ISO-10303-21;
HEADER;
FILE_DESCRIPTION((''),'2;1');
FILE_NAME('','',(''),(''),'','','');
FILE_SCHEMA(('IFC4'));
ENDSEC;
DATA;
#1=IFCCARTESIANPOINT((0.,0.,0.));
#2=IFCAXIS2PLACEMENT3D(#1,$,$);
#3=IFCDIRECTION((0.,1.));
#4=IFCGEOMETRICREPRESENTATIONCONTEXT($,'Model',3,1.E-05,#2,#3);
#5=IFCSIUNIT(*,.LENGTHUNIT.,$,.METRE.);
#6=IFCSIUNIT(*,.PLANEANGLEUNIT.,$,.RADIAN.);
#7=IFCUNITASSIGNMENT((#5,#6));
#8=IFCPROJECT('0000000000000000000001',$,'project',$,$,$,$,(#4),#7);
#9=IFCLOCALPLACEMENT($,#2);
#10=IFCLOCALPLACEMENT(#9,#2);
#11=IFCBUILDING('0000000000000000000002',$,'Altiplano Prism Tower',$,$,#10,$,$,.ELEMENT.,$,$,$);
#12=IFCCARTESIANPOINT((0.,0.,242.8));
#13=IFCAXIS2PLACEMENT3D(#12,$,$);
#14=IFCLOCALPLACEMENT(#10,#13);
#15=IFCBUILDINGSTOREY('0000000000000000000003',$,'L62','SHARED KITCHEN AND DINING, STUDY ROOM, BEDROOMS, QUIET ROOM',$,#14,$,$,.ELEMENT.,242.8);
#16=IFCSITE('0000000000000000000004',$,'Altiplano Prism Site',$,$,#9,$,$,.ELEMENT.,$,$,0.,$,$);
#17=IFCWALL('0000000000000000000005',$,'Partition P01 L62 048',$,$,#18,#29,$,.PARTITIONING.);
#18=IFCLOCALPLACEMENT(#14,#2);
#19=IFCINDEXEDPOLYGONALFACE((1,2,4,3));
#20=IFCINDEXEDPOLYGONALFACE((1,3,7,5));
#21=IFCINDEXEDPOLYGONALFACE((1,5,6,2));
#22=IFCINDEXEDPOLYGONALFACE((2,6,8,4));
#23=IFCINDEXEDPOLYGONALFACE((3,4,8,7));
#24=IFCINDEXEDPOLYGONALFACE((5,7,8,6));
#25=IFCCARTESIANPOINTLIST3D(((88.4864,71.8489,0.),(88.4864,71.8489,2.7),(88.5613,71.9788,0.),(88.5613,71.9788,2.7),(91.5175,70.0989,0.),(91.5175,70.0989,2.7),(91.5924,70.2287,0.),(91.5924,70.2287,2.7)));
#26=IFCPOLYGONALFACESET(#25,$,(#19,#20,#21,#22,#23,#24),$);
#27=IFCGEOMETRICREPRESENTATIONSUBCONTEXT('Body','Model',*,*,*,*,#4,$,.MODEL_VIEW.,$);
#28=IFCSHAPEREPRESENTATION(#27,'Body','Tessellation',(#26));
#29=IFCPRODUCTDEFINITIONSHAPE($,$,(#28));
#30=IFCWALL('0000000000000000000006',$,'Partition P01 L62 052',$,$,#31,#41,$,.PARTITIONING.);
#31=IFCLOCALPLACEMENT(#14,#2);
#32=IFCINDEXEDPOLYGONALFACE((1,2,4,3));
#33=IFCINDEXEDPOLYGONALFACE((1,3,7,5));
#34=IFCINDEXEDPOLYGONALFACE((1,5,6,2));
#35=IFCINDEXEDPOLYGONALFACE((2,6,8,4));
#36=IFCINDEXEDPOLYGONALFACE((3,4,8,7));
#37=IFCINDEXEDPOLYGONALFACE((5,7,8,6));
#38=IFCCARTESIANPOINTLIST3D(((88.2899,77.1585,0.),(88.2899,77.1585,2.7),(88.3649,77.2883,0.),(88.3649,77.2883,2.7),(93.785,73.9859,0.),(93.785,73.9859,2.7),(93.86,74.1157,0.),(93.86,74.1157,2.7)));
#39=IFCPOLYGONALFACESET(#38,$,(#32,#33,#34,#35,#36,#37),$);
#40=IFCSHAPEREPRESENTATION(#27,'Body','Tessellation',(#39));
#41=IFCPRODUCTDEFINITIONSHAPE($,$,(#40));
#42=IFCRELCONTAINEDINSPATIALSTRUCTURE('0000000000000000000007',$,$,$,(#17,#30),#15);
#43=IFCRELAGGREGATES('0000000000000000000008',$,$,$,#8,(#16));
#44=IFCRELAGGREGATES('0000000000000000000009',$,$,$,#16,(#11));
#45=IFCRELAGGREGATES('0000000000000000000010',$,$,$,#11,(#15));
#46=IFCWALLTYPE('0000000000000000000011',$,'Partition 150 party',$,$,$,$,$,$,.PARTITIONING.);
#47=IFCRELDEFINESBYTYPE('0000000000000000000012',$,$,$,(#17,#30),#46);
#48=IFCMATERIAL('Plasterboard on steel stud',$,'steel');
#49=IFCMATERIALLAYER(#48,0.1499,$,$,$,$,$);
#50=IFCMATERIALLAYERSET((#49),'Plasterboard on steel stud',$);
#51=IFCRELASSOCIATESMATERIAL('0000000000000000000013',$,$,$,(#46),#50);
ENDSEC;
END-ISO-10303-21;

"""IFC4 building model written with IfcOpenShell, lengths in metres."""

from ifc_helpers import new_model, si_unit, direction, frame, frame_2d, origin, place, context, subcontext, project, spatial, rectangle, extrude, material, layer, layer_set, type_object, element, save


model = new_model("IFC4")

# Units and contexts
model_context = context("Model", 3, precision=1e-05, world=origin(), true_north=direction((0.0, 1.0)))
body_context = subcontext(model_context, "Body", "Model", "MODEL_VIEW")
ifc_project = project(units=[si_unit("LENGTHUNIT", "METRE"), si_unit("PLANEANGLEUNIT", "RADIAN")], contexts=[model_context])

# Site, building, storey
site_placement = place(None, origin())
site = spatial("IfcSite", under=ifc_project, at=site_placement, Name="Altiplano Prism Site", CompositionType="ELEMENT", RefElevation=0.0)
building_placement = place(site_placement, origin())
building = spatial("IfcBuilding", under=site, at=building_placement, Name="Altiplano Prism Tower", CompositionType="ELEMENT")
storey_placement = place(building_placement, frame((0.0, 0.0, 242.8)))
storey = spatial("IfcBuildingStorey", under=building, at=storey_placement, Name="L62", Description="SHARED KITCHEN AND DINING, STUDY ROOM, BEDROOMS, QUIET ROOM", CompositionType="ELEMENT", Elevation=242.8)

# Walls
ifc_material_1 = material(Name="Plasterboard on steel stud", Category="steel")
ifc_layer_1 = layer(ifc_material_1, 0.1499)
ifc_layer_set_1 = layer_set([ifc_layer_1], Name="Plasterboard on steel stud")
wall_type_1 = type_object("IfcWallType", Name="Partition 150 party", PredefinedType="PARTITIONING", material=ifc_layer_set_1)
wall_1_placement = place(storey_placement, frame((91.5549, 70.1638, 0.0), z_axis=(0.0, 0.0, 1.0), x_axis=(-0.866019, 0.50001, 0.0)))
element("IfcWall", 1, at=wall_1_placement, inside=storey, type_object=wall_type_1, Name="Partition P01 L62 048", PredefinedType="PARTITIONING", context=body_context, shape_type="SweptSolid", body=[
    extrude(rectangle(XDim=3.5, YDim=0.1499, at=frame_2d((1.75, 0.0))), origin(), (0.0, 0.0, 1.0), 2.7),
])
wall_2_placement = place(storey_placement, frame((93.8225, 74.0508, 0.0), z_axis=(0.0, 0.0, 1.0), x_axis=(-0.866025, 0.5, 0.0)))
element("IfcWall", 2, at=wall_2_placement, inside=storey, type_object=wall_type_1, Name="Partition P01 L62 052", PredefinedType="PARTITIONING", context=body_context, shape_type="SweptSolid", body=[
    extrude(rectangle(XDim=6.3452, YDim=0.1499, at=frame_2d((3.1726, 0.0))), origin(), (0.0, 0.0, 1.0), 2.7),
])

save(model, "model.ifc")
